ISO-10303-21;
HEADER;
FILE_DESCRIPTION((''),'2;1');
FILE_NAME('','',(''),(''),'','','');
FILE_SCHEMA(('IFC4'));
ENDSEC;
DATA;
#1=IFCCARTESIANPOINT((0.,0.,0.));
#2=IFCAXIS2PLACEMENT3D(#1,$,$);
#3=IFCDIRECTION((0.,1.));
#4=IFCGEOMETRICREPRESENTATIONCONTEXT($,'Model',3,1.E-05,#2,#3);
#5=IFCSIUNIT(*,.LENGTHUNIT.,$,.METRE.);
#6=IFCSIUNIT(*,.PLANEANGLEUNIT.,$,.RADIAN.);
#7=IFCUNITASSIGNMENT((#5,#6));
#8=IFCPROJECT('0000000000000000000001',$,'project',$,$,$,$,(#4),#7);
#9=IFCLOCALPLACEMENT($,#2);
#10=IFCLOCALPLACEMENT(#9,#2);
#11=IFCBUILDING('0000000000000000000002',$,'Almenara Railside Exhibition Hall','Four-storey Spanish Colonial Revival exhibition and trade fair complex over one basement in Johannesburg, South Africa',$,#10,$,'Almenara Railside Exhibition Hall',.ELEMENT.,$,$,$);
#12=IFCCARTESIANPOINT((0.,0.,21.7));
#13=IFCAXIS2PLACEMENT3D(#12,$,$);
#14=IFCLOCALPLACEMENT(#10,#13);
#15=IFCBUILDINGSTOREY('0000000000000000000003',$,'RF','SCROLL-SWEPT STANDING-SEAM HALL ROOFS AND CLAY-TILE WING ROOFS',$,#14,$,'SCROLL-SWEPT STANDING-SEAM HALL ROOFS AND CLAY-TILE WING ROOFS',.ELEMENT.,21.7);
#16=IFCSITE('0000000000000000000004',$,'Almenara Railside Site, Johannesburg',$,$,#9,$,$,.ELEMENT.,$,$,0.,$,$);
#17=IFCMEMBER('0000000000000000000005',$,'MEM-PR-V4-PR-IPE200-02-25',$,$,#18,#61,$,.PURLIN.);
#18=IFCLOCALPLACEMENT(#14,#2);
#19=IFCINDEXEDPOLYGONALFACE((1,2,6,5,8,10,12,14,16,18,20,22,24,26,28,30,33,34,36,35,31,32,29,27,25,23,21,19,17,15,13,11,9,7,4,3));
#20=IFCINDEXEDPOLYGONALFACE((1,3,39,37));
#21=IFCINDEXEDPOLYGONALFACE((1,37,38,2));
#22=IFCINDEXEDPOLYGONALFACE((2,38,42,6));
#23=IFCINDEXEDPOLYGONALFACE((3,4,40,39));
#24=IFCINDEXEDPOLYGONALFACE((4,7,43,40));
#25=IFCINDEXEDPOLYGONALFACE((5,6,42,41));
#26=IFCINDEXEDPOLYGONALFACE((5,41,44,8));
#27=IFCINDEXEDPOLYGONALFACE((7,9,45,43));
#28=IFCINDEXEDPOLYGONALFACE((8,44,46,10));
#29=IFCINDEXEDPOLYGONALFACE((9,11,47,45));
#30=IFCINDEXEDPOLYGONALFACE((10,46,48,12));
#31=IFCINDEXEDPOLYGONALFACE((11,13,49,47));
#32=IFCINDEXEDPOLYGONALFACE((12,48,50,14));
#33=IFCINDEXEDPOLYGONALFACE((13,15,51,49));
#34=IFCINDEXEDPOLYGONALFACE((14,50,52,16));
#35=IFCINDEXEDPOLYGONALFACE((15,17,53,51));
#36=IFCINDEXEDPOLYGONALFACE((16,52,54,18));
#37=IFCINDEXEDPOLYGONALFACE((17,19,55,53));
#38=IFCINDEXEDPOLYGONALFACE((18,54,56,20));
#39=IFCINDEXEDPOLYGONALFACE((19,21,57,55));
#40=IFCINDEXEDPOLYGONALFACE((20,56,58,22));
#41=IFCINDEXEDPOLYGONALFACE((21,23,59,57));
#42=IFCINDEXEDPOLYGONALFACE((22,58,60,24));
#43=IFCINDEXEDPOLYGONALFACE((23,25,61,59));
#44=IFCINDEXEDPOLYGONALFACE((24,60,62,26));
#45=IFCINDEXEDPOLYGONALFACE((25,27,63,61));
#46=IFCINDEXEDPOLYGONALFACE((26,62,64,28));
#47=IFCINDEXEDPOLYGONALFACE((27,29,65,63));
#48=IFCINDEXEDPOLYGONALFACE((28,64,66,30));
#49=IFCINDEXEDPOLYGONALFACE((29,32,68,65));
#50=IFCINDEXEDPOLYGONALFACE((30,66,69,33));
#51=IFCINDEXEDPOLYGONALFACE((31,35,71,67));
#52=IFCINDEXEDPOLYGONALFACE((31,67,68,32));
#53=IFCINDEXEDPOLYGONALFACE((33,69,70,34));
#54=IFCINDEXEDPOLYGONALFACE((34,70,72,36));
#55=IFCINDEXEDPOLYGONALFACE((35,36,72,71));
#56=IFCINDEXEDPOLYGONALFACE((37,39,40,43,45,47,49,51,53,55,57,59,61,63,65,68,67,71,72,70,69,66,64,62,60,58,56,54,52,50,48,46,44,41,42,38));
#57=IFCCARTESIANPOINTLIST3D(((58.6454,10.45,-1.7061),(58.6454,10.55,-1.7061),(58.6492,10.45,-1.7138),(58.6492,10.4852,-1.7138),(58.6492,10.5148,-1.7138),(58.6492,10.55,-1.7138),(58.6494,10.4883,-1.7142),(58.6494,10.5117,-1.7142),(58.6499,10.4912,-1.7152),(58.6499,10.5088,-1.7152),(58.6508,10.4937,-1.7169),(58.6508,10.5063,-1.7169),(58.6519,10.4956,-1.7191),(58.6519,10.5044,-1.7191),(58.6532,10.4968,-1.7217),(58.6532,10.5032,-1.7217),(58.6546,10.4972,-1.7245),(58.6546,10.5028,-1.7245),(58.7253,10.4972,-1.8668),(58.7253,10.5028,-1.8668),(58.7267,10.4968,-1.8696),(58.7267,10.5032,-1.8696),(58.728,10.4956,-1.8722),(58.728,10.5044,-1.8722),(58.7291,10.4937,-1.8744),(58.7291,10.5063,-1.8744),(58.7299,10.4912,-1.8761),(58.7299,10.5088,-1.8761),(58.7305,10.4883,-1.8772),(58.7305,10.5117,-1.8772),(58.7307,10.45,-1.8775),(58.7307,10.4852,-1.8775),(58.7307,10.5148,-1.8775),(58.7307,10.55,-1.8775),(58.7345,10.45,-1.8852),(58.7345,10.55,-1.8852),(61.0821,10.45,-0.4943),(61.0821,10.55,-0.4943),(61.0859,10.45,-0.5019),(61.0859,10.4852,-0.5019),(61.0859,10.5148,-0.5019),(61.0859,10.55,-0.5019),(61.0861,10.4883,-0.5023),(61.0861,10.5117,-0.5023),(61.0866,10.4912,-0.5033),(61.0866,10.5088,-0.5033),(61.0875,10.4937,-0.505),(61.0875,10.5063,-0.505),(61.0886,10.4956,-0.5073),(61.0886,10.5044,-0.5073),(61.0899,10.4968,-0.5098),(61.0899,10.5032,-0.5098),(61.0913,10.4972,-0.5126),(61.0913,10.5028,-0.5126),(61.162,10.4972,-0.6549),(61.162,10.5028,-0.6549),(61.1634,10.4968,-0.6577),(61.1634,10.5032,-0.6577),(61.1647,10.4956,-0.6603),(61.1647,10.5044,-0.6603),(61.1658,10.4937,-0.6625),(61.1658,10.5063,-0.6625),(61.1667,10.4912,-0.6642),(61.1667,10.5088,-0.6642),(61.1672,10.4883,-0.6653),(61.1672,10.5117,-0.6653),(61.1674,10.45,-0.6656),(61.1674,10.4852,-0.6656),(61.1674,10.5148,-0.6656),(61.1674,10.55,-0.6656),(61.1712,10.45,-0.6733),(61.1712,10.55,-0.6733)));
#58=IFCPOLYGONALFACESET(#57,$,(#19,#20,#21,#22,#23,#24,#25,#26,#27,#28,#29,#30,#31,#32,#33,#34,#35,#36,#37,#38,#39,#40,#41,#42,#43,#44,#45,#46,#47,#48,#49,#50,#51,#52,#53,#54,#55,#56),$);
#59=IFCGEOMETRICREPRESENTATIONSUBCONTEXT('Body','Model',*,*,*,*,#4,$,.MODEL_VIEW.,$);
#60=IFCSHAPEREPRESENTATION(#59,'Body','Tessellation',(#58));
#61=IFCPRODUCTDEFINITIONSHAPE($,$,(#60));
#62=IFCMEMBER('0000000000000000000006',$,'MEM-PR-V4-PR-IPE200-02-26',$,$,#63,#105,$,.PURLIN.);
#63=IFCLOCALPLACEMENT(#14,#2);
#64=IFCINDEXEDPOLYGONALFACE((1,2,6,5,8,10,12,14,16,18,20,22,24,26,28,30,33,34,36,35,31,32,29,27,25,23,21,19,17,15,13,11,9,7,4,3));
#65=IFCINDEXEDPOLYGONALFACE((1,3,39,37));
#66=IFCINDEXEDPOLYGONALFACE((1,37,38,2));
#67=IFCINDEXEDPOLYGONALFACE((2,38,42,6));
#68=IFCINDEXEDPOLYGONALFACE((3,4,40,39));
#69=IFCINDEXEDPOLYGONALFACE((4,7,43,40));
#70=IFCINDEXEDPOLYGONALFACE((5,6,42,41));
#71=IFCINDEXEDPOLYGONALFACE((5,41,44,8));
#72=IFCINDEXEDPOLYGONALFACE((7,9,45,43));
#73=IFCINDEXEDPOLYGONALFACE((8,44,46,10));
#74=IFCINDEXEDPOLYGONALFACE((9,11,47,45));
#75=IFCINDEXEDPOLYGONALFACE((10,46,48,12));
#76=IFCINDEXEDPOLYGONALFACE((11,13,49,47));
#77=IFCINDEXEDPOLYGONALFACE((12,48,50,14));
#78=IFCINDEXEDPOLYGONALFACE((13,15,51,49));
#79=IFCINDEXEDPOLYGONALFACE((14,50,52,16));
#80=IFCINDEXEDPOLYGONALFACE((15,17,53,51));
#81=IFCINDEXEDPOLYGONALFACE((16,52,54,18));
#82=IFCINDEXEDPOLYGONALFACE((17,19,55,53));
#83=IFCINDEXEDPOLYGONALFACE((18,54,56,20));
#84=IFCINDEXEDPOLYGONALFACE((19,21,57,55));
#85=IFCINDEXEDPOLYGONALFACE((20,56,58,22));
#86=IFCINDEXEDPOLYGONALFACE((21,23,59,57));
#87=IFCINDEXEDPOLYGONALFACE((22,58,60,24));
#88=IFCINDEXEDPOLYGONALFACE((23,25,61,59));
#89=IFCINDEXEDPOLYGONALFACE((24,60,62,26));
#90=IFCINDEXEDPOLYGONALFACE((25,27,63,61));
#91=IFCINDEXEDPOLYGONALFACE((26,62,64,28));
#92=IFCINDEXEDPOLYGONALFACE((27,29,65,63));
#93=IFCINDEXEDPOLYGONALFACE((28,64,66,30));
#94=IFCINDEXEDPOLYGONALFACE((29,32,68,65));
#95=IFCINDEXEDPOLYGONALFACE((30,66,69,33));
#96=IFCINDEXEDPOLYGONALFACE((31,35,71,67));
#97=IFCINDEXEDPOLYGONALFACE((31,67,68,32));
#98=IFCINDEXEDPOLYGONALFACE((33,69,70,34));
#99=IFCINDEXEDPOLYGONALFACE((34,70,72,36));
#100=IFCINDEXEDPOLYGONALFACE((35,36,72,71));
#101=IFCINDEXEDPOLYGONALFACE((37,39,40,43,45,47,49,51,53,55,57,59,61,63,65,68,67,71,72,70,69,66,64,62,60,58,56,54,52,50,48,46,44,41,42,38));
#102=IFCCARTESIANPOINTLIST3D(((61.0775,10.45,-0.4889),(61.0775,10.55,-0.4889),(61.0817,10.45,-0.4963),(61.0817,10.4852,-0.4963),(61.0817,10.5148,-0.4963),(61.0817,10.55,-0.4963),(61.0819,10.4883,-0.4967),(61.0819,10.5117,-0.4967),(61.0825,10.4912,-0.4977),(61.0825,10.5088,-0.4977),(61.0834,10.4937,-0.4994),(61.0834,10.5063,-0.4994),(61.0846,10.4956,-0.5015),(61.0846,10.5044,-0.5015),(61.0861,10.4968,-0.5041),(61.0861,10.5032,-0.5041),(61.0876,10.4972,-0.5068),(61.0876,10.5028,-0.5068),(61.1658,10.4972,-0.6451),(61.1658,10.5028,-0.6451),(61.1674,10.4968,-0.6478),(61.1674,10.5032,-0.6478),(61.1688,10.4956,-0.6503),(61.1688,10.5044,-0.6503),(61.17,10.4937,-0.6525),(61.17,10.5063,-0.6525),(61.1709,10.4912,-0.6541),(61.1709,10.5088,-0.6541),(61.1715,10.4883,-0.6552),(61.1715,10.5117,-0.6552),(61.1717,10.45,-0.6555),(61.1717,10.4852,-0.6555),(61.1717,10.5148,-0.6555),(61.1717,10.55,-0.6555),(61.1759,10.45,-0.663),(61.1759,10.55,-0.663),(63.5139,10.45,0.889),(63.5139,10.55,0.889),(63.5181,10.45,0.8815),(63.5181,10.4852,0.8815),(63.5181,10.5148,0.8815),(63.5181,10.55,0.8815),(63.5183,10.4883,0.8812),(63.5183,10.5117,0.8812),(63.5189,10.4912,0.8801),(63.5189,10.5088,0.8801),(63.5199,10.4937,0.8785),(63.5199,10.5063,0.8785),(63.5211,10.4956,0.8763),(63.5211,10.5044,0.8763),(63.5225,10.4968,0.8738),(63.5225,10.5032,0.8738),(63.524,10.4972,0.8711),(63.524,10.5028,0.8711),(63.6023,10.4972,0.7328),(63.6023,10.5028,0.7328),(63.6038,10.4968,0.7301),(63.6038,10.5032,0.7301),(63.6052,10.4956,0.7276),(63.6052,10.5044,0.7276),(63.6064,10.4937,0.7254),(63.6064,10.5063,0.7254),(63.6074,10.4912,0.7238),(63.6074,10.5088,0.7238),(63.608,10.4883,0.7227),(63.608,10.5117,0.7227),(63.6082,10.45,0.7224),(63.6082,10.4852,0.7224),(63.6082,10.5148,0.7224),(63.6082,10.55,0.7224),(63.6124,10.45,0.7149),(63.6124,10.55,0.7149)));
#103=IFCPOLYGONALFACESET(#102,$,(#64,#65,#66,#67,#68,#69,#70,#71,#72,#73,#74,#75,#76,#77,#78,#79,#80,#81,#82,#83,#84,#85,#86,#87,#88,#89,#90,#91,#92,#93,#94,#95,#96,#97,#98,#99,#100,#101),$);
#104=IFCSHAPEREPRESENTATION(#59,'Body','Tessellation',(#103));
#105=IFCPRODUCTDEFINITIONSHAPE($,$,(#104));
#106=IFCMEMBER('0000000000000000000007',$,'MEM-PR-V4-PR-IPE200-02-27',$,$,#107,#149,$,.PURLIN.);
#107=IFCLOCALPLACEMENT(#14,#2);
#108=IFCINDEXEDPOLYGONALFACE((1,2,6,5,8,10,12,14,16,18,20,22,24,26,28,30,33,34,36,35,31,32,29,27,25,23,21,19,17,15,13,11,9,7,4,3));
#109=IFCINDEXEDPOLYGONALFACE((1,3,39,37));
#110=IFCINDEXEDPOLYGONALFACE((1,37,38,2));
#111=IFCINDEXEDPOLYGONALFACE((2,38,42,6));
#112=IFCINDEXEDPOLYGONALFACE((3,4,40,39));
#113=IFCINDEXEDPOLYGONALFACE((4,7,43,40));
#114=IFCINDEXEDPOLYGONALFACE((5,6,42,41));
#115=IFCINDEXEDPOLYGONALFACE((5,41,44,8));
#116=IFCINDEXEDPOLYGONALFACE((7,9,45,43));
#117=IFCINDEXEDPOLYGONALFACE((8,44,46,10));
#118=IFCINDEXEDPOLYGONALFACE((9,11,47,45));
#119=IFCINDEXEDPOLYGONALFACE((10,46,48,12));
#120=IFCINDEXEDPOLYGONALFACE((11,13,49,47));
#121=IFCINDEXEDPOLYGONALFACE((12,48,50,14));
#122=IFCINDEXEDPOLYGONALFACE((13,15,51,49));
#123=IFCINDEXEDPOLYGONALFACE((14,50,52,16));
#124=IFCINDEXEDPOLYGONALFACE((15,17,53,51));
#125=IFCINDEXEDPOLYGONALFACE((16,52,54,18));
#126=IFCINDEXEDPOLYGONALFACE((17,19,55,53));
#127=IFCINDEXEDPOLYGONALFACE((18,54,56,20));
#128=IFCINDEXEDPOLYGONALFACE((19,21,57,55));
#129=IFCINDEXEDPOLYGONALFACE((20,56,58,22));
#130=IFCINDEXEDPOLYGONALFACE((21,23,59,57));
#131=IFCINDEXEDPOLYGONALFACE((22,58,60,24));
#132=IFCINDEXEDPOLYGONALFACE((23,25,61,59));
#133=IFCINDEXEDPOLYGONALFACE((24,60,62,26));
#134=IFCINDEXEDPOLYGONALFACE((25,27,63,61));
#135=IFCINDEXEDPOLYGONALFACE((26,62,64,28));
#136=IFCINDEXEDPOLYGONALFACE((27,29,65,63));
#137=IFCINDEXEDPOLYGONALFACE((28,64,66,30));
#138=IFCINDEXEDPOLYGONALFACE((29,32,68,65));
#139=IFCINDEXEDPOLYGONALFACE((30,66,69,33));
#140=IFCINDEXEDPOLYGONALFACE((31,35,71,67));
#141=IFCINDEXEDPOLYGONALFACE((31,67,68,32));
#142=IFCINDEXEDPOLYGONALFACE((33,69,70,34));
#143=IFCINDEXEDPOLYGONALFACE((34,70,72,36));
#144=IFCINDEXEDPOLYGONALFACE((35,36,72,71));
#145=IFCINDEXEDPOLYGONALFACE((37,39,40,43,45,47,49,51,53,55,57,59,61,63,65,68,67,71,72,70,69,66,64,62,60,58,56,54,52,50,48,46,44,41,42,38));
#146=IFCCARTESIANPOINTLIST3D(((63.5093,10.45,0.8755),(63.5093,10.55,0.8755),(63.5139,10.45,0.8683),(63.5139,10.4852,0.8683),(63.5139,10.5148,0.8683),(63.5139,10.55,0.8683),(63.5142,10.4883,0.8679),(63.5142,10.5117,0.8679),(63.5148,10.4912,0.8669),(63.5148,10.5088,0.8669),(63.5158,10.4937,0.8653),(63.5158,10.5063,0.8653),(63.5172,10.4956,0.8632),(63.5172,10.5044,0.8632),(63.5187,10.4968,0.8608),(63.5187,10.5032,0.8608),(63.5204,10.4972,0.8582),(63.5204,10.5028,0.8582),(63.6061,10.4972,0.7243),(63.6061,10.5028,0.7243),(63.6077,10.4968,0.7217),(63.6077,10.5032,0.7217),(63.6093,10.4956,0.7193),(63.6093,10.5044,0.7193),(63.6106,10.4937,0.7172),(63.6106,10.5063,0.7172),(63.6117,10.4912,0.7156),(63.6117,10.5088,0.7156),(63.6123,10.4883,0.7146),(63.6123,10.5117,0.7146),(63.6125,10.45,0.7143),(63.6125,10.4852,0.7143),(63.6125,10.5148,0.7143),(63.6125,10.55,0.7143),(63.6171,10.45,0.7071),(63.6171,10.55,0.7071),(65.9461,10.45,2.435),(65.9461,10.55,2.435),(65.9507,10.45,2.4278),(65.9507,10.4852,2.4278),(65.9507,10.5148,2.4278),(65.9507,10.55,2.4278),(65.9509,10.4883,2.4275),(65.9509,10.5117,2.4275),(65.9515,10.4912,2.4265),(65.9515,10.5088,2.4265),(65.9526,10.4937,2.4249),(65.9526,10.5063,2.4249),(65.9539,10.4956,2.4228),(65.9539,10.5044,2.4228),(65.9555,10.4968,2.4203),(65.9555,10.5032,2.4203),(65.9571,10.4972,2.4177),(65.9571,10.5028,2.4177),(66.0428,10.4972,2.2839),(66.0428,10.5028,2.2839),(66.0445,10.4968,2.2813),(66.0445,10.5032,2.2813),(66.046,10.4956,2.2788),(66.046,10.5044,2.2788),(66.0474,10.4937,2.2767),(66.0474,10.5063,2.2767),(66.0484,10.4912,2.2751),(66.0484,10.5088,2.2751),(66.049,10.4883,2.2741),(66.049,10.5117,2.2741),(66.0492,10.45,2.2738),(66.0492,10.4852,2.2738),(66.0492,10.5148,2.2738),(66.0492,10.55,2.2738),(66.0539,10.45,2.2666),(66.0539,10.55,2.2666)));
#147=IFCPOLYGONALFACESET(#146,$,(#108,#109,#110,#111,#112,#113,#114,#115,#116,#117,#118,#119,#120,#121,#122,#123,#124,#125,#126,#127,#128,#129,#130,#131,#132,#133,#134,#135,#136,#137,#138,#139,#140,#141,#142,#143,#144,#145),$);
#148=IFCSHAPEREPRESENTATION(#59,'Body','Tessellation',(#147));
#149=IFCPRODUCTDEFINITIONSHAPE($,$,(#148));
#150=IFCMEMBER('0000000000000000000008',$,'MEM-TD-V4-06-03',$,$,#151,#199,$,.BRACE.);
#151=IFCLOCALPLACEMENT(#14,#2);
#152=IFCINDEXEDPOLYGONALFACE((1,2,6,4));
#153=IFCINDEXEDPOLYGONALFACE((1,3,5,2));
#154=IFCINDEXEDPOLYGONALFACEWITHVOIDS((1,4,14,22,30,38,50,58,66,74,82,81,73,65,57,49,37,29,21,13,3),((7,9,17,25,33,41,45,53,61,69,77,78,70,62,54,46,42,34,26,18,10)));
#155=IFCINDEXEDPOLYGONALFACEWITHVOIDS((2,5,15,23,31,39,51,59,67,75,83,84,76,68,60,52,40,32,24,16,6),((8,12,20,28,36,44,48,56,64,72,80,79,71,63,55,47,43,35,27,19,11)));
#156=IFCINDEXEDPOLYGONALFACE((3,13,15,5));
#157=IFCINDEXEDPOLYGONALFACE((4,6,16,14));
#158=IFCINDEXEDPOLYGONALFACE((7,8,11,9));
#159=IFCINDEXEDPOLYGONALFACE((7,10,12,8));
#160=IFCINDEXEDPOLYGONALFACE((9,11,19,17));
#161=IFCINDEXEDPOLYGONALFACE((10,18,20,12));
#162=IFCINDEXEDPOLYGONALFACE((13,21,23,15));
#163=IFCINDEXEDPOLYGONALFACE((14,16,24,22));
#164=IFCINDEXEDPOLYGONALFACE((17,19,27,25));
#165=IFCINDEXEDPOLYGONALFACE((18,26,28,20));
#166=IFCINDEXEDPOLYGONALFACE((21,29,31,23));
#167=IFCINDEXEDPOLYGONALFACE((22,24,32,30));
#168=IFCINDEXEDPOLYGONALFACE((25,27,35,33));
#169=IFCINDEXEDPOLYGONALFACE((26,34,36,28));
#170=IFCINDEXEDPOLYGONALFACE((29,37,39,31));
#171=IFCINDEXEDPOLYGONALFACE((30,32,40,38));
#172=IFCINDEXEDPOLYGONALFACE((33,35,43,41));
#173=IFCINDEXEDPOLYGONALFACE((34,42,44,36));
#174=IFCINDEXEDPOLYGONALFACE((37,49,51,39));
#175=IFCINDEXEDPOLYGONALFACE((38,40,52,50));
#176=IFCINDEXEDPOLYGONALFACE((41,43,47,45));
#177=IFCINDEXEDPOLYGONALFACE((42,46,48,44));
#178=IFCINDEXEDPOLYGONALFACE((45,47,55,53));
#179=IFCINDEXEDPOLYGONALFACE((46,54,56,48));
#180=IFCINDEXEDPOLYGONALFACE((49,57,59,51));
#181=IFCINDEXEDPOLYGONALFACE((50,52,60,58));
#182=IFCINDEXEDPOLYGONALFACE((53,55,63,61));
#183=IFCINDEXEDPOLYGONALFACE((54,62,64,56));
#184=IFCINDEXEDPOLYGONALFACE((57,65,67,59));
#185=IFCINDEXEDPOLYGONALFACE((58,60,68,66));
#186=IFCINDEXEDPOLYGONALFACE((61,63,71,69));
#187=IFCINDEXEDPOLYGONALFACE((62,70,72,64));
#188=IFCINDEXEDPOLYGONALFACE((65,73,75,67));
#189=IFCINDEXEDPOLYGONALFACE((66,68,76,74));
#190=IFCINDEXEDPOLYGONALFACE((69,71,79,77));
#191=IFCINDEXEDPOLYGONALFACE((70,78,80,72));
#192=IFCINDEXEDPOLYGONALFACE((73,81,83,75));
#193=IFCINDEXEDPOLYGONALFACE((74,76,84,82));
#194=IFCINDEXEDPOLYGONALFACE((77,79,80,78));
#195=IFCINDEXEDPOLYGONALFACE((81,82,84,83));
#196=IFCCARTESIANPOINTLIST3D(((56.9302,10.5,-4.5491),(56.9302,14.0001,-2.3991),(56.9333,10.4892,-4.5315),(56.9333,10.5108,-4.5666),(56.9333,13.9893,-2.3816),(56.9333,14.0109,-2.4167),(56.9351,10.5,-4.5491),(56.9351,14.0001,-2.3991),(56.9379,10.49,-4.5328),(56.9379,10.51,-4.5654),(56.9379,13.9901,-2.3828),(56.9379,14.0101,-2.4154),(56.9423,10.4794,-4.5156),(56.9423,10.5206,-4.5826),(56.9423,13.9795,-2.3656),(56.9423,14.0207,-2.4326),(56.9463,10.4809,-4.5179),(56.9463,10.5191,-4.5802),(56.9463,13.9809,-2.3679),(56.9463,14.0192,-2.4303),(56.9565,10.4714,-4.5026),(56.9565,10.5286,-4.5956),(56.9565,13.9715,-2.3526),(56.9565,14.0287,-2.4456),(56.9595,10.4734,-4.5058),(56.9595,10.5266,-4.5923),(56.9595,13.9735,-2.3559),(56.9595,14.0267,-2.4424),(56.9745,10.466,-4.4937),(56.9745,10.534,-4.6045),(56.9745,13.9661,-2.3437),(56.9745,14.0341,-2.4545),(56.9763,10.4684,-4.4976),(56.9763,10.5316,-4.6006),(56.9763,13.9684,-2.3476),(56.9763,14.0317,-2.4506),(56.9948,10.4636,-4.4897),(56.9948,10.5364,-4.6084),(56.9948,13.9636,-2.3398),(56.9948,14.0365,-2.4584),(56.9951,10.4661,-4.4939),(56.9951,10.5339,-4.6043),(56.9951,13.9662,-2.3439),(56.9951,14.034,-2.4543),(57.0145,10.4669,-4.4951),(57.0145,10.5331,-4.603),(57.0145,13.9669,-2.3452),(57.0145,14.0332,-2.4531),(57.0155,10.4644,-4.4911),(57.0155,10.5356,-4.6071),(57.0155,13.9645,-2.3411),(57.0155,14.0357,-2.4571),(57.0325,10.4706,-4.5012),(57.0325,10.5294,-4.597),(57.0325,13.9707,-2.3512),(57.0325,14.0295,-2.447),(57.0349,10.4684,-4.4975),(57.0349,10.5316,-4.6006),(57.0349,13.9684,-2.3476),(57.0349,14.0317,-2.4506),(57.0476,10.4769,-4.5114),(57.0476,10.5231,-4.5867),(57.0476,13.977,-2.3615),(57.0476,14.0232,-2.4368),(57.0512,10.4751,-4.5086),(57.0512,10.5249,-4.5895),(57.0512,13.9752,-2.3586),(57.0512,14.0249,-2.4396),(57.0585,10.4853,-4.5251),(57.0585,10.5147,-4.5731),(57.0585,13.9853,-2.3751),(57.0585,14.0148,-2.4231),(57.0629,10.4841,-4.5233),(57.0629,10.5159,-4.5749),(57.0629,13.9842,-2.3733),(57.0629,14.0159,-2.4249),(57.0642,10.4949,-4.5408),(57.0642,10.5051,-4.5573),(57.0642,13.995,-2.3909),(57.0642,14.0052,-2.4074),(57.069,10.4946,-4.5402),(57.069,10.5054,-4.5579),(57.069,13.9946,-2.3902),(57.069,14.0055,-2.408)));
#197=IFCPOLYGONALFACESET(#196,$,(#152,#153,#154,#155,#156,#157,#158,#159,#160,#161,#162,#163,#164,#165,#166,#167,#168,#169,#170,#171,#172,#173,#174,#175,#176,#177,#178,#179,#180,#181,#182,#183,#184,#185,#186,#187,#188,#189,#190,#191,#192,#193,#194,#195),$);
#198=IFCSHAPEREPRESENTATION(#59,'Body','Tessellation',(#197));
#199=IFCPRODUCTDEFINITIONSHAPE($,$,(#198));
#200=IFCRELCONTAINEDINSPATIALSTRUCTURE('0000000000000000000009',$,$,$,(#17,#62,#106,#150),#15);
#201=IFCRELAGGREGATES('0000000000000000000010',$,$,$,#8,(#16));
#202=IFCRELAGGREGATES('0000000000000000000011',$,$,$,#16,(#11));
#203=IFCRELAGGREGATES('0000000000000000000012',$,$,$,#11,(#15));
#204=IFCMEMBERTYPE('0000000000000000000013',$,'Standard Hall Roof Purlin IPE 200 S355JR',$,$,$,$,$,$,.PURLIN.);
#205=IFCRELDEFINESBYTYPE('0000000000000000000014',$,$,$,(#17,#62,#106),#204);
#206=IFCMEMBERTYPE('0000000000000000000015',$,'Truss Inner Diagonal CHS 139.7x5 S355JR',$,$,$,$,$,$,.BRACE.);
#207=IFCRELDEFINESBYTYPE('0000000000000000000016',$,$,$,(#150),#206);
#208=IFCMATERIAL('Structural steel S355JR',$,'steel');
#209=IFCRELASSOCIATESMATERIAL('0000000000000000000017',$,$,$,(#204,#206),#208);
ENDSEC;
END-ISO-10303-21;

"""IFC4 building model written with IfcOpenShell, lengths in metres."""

from ifc_helpers import new_model, si_unit, direction, frame, origin, origin_2d, place, context, subcontext, project, spatial, hollow_circle, i_section, extrude, material, material_profile, profile_set, type_object, element, save


model = new_model("IFC4")

# Units and contexts
model_context = context("Model", 3, precision=1e-05, world=origin(), true_north=direction((0.0, 1.0)))
body_context = subcontext(model_context, "Body", "Model", "MODEL_VIEW")
ifc_project = project(units=[si_unit("LENGTHUNIT", "METRE"), si_unit("PLANEANGLEUNIT", "RADIAN")], contexts=[model_context])

# Site, building, storey
site_placement = place(None, origin())
site = spatial("IfcSite", under=ifc_project, at=site_placement, Name="Almenara Railside Site, Johannesburg", CompositionType="ELEMENT", RefElevation=0.0)
building_placement = place(site_placement, origin())
building = spatial("IfcBuilding", under=site, at=building_placement, Name="Almenara Railside Exhibition Hall", Description="Four-storey Spanish Colonial Revival exhibition and trade fair complex over one basement in Johannesburg, South Africa", LongName="Almenara Railside Exhibition Hall", CompositionType="ELEMENT")
storey_placement = place(building_placement, frame((0.0, 0.0, 21.7)))
storey = spatial("IfcBuildingStorey", under=building, at=storey_placement, Name="RF", Description="SCROLL-SWEPT STANDING-SEAM HALL ROOFS AND CLAY-TILE WING ROOFS", LongName="SCROLL-SWEPT STANDING-SEAM HALL ROOFS AND CLAY-TILE WING ROOFS", CompositionType="ELEMENT", Elevation=21.7)

# Members
ifc_material_1 = material(Name="Structural steel S355JR", Category="steel")
ifc_material_profile_1 = material_profile(ifc_material_1, i_section(OverallWidth=0.1001, OverallDepth=0.2, WebThickness=0.0056, FlangeThickness=0.0085, FilletRadius=0.012, at=origin_2d()), Name="IPE 200")
ifc_profile_set_1 = profile_set([ifc_material_profile_1], Name="Structural steel S355JR")
member_type_1 = type_object("IfcMemberType", Name="Standard Hall Roof Purlin IPE 200 S355JR", PredefinedType="PURLIN", material=ifc_profile_set_1)
member_1_placement = place(storey_placement, frame((58.6899, 10.5, -1.7957), z_axis=(0.895376, 0.0, 0.445311), x_axis=(0.0, 1.0, 0.0)))
element("IfcMember", 1, at=member_1_placement, inside=storey, type_object=member_type_1, Name="MEM-PR-V4-PR-IPE200-02-25", PredefinedType="PURLIN", context=body_context, shape_type="SweptSolid", body=[
    extrude(i_section(OverallWidth=0.1001, OverallDepth=0.2, WebThickness=0.0056, FlangeThickness=0.0085, FilletRadius=0.012, at=origin_2d()), origin(), (0.0, 0.0, 1.0), 2.7214),
])
member_2_placement = place(storey_placement, frame((61.1267, 10.5, -0.5759), z_axis=(0.870446, 0.0, 0.492264), x_axis=(0.0, 1.0, 0.0)))
element("IfcMember", 2, at=member_2_placement, inside=storey, type_object=member_type_1, Name="MEM-PR-V4-PR-IPE200-02-26", PredefinedType="PURLIN", context=body_context, shape_type="SweptSolid", body=[
    extrude(i_section(OverallWidth=0.1001, OverallDepth=0.2, WebThickness=0.0056, FlangeThickness=0.0085, FilletRadius=0.012, at=origin_2d()), origin(), (0.0, 0.0, 1.0), 2.7991),
])
member_3_placement = place(storey_placement, frame((63.5632, 10.5, 0.7913), z_axis=(0.842265, 0.0, 0.539063), x_axis=(0.0, 1.0, 0.0)))
element("IfcMember", 3, at=member_3_placement, inside=storey, type_object=member_type_1, Name="MEM-PR-V4-PR-IPE200-02-27", PredefinedType="PURLIN", context=body_context, shape_type="SweptSolid", body=[
    extrude(i_section(OverallWidth=0.1001, OverallDepth=0.2, WebThickness=0.0056, FlangeThickness=0.0085, FilletRadius=0.012, at=origin_2d()), origin(), (0.0, 0.0, 1.0), 2.8931),
])
ifc_material_profile_2 = material_profile(ifc_material_1, hollow_circle(Radius=0.0698, WallThickness=0.0049, at=origin_2d()), Name="CHS 139.7x5")
ifc_profile_set_2 = profile_set([ifc_material_profile_2], Name="Structural steel S355JR")
member_type_2 = type_object("IfcMemberType", Name="Truss Inner Diagonal CHS 139.7x5 S355JR", PredefinedType="BRACE", material=ifc_profile_set_2)
member_4_placement = place(storey_placement, frame((57.0, 10.5, -4.5491), z_axis=(0.0, 0.852087, 0.523401), x_axis=(-1.0, 0.0, 0.0)))
element("IfcMember", 4, at=member_4_placement, inside=storey, type_object=member_type_2, Name="MEM-TD-V4-06-03", PredefinedType="BRACE", context=body_context, shape_type="SweptSolid", body=[
    extrude(hollow_circle(Radius=0.0698, WallThickness=0.0049, at=origin_2d()), origin(), (0.0, 0.0, 1.0), 4.1077),
])

save(model, "model.ifc")
